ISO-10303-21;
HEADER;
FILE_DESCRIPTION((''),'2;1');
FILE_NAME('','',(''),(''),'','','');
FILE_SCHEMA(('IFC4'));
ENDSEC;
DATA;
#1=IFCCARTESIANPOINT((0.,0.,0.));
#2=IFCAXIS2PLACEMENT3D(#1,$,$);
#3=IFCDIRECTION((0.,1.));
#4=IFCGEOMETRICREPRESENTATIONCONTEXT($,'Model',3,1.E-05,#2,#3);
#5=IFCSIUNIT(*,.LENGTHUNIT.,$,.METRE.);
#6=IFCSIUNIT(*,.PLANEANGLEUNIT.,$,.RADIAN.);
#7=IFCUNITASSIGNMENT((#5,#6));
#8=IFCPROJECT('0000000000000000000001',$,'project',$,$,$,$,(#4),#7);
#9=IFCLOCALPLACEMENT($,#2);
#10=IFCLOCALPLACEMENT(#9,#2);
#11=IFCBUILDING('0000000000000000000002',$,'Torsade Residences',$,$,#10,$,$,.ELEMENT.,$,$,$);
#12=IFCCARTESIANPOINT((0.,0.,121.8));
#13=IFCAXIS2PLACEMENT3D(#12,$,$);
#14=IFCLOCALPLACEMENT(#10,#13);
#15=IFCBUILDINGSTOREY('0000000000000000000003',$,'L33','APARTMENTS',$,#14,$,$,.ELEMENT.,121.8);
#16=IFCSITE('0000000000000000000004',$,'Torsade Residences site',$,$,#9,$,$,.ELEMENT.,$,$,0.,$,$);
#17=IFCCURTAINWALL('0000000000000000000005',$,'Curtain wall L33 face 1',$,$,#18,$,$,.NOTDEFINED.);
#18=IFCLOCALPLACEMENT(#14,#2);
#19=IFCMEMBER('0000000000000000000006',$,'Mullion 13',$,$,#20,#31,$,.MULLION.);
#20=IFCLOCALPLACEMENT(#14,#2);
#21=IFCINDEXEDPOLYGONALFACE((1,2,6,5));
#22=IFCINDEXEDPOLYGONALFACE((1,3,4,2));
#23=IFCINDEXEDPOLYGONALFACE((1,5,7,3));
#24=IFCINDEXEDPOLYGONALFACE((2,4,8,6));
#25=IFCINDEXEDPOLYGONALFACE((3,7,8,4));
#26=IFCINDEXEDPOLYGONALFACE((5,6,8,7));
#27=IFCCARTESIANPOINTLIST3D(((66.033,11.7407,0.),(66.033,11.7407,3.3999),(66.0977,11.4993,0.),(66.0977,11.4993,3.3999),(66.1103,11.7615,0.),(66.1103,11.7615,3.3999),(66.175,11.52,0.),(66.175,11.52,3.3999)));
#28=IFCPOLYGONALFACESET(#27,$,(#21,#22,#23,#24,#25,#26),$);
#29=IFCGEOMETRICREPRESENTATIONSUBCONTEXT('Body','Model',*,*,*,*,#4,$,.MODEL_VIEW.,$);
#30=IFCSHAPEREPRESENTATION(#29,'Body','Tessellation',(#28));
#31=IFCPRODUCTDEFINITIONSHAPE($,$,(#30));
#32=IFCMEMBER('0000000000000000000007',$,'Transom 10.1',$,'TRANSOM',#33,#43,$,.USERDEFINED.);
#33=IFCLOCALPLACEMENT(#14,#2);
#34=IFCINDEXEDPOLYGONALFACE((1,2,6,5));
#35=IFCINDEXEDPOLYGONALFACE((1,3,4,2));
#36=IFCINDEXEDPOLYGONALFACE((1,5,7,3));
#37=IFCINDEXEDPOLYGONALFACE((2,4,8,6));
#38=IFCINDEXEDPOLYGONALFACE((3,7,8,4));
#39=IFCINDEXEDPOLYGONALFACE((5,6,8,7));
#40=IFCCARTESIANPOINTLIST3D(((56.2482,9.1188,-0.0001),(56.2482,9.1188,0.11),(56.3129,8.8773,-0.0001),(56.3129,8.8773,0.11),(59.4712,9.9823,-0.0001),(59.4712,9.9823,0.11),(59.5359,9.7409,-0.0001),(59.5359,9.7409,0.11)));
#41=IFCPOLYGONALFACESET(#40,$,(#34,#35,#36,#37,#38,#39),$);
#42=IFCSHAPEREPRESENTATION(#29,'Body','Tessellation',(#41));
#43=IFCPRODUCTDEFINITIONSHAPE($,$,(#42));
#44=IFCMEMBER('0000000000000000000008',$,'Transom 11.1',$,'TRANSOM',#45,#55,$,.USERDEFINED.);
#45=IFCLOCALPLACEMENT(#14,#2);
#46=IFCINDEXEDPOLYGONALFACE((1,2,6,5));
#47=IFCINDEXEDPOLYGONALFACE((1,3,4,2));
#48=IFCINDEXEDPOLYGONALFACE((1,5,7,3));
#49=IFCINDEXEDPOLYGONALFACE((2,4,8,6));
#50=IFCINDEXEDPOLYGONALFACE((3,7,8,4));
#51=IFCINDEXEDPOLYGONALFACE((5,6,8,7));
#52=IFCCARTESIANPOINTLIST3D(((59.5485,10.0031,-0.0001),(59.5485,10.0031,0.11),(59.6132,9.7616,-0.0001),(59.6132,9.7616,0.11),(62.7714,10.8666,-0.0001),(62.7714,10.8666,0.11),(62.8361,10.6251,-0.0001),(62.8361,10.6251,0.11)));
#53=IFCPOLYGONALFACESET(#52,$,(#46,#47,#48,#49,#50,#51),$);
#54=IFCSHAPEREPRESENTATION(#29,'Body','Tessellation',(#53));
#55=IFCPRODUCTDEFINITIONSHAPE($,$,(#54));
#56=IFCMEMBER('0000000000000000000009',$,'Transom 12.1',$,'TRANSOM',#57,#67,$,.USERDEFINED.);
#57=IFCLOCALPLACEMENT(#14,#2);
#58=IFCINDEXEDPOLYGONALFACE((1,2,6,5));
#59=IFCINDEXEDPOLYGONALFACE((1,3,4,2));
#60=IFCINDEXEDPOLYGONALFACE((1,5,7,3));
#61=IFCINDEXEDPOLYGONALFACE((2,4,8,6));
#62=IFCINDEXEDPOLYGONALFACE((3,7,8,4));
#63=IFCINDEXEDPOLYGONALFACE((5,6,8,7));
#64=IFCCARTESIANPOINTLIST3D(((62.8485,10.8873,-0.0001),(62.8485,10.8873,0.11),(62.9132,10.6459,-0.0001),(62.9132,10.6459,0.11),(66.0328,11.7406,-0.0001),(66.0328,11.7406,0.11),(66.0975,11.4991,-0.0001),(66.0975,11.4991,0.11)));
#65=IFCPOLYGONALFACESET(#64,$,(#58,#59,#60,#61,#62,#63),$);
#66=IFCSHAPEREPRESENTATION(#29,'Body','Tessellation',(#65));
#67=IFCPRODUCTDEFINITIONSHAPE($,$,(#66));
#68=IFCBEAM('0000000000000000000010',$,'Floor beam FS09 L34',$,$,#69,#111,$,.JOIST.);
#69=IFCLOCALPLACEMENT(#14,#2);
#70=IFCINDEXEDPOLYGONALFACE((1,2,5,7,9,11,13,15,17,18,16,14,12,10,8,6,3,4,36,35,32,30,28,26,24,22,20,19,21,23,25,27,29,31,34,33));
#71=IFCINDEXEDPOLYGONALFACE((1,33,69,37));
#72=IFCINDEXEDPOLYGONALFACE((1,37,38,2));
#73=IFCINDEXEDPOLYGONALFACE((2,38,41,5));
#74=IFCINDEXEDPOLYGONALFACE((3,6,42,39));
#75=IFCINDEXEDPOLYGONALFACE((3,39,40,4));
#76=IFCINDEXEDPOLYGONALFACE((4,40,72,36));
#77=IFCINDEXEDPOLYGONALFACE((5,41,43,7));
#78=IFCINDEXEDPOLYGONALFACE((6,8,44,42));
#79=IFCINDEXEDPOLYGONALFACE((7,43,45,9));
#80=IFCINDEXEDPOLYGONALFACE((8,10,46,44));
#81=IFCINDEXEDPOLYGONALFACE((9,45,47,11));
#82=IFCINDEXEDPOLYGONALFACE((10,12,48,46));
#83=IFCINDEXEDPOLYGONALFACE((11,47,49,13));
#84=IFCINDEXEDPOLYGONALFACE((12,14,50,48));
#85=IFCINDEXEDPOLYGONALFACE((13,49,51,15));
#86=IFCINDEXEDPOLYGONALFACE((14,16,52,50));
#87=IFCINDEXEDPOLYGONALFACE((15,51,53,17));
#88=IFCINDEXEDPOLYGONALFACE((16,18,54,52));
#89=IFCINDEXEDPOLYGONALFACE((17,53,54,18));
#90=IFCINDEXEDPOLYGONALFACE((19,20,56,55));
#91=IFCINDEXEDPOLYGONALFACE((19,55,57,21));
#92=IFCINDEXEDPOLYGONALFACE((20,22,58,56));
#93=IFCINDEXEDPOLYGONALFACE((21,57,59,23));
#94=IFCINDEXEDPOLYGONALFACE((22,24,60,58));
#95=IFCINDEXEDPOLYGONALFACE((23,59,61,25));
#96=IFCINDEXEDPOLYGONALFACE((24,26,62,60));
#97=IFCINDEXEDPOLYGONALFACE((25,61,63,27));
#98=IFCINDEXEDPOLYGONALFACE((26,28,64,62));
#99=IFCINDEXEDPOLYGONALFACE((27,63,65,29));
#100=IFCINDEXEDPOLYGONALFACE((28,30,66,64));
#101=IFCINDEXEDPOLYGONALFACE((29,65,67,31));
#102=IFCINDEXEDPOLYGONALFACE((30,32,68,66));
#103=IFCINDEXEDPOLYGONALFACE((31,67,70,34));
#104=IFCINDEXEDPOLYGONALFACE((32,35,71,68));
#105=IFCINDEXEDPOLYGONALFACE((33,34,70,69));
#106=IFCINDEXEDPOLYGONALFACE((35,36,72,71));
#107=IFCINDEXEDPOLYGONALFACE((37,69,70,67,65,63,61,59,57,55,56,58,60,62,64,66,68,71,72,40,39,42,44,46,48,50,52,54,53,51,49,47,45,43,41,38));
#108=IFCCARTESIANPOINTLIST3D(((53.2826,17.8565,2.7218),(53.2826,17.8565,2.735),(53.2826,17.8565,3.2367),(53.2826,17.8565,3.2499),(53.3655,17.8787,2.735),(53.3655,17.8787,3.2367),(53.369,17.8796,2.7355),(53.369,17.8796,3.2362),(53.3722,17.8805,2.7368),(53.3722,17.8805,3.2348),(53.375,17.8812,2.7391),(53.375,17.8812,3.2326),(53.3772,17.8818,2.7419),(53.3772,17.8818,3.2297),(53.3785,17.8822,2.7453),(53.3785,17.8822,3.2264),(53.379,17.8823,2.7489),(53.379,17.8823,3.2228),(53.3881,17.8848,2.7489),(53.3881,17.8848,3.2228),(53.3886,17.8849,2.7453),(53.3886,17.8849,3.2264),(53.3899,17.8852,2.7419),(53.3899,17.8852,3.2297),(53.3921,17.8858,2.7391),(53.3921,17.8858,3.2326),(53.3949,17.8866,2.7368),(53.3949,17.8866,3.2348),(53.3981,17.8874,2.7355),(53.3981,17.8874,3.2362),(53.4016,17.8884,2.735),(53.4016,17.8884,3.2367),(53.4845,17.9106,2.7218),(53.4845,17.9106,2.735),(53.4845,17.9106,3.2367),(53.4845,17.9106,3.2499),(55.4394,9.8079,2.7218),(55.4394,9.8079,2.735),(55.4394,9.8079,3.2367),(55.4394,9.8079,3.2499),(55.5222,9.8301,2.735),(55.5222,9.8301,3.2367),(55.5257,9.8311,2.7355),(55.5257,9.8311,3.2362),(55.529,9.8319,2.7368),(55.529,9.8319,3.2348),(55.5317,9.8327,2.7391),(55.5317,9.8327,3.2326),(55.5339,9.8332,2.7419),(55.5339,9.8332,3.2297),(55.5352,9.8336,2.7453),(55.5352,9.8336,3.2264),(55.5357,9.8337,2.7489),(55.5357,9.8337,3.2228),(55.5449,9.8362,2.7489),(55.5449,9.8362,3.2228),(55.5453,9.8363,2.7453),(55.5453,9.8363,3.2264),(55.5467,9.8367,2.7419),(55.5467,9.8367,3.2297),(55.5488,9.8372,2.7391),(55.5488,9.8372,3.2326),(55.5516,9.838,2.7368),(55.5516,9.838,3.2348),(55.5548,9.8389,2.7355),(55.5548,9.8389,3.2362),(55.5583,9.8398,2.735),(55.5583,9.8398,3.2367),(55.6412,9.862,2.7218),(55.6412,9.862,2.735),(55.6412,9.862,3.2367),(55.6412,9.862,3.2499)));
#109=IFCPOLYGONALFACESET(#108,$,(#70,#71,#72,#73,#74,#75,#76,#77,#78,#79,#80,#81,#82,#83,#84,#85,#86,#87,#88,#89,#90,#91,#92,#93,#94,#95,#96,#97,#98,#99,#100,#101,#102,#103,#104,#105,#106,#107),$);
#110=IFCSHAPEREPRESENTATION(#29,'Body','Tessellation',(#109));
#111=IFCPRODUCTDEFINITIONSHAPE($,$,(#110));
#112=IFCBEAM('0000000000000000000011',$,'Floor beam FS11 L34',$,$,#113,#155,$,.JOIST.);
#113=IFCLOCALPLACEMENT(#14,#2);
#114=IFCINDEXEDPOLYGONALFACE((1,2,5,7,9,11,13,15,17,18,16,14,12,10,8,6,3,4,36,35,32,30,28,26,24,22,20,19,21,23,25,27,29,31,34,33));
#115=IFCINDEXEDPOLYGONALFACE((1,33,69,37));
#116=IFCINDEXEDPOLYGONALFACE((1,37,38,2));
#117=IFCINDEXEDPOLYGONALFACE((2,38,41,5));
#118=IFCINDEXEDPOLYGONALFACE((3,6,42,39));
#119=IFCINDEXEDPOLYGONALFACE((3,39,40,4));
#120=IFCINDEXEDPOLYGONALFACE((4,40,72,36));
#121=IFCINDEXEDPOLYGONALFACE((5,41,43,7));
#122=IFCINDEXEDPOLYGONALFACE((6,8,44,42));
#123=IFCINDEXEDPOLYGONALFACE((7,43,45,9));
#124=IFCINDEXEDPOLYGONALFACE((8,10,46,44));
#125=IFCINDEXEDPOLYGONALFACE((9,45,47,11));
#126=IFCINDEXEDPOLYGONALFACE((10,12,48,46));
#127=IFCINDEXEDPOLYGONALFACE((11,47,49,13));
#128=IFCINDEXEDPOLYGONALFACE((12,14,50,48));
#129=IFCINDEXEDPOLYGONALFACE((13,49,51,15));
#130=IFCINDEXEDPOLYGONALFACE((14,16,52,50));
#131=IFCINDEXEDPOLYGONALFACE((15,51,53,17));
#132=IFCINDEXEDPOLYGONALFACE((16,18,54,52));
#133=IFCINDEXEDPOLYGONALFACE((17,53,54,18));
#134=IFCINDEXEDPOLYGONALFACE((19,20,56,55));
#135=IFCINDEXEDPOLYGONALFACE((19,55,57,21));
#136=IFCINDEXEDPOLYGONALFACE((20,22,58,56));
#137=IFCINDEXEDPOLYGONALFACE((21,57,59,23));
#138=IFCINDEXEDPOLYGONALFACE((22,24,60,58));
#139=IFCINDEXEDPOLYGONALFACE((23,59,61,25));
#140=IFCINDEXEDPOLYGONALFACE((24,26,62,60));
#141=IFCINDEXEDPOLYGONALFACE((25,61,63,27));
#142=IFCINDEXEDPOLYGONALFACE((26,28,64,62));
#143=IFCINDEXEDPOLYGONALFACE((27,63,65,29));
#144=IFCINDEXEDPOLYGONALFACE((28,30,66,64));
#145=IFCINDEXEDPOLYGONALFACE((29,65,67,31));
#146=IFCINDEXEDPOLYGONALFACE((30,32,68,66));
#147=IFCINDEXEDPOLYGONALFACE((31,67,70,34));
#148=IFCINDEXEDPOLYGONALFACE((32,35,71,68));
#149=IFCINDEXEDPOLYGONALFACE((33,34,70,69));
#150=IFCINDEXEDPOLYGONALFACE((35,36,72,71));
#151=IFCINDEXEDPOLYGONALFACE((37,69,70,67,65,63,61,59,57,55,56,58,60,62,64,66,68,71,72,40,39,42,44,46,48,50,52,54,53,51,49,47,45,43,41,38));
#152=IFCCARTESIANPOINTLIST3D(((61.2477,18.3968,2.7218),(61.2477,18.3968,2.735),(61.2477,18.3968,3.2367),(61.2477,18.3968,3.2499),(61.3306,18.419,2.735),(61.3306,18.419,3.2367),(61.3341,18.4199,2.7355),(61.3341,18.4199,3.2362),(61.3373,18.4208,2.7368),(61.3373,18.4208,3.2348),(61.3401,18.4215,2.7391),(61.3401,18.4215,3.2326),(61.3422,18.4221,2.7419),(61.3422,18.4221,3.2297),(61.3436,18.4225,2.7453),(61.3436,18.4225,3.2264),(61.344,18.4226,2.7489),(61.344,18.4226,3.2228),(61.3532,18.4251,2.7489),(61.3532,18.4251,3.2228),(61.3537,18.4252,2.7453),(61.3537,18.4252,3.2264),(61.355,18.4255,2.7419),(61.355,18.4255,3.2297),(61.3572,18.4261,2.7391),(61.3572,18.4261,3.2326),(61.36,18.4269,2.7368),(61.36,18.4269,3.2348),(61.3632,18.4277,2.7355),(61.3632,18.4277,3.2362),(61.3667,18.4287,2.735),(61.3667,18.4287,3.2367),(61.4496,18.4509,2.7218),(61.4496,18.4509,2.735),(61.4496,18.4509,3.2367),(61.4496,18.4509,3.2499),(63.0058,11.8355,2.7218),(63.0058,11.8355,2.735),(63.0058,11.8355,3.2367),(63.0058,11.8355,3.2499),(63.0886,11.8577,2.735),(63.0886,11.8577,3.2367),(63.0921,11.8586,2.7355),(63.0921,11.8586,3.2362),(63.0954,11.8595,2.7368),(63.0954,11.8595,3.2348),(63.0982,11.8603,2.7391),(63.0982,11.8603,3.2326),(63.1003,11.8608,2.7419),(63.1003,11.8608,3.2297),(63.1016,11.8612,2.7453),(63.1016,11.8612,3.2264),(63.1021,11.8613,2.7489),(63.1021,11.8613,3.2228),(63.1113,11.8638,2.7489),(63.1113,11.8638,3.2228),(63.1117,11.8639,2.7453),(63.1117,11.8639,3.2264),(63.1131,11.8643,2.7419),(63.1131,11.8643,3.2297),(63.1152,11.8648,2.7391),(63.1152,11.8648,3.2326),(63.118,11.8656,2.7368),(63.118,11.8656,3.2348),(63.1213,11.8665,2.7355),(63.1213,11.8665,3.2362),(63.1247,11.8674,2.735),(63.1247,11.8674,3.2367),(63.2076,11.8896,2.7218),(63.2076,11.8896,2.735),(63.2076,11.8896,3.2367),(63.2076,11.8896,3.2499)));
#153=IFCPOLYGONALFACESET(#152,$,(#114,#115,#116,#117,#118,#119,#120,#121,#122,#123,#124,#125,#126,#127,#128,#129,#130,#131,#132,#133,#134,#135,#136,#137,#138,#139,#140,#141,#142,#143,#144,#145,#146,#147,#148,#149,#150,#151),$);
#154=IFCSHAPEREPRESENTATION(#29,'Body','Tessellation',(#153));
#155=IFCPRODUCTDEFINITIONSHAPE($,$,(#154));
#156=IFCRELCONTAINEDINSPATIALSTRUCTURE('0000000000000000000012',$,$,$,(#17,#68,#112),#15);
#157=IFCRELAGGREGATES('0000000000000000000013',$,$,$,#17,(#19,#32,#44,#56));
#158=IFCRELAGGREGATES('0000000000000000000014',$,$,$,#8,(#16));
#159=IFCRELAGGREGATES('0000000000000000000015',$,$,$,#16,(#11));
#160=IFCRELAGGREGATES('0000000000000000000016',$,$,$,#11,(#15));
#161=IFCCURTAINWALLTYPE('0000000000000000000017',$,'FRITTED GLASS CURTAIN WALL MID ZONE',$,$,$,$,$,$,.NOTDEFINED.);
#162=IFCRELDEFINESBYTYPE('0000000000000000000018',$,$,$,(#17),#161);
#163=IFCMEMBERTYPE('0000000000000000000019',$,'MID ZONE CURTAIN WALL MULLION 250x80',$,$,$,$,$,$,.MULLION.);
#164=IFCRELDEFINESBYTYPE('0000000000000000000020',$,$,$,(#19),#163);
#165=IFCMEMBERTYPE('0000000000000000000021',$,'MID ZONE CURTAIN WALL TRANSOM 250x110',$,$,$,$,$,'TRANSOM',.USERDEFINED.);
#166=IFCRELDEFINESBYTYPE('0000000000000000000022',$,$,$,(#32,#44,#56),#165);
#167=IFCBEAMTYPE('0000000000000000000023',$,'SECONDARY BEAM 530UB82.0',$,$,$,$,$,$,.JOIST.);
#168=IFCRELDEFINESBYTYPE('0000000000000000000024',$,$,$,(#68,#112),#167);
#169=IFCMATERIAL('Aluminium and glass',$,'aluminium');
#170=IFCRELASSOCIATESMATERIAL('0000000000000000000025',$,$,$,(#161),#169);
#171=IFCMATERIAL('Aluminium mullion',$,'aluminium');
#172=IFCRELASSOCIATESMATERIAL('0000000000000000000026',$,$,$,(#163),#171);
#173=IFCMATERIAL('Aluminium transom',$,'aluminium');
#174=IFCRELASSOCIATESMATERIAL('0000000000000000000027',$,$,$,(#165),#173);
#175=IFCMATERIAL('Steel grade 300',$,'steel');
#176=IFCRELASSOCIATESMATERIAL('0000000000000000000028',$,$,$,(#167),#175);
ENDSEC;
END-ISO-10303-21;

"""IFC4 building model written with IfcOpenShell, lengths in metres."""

from ifc_helpers import new_model, si_unit, direction, frame, origin, origin_2d, place, context, subcontext, project, spatial, rectangle, i_section, extrude, material, material_profile, profile_set, type_object, element, aggregate, save


model = new_model("IFC4")

# Units and contexts
model_context = context("Model", 3, precision=1e-05, world=origin(), true_north=direction((0.0, 1.0)))
body_context = subcontext(model_context, "Body", "Model", "MODEL_VIEW")
ifc_project = project(units=[si_unit("LENGTHUNIT", "METRE"), si_unit("PLANEANGLEUNIT", "RADIAN")], contexts=[model_context])

# Site, building, storey
site_placement = place(None, origin())
site = spatial("IfcSite", under=ifc_project, at=site_placement, Name="Torsade Residences site", CompositionType="ELEMENT", RefElevation=0.0)
building_placement = place(site_placement, origin())
building = spatial("IfcBuilding", under=site, at=building_placement, Name="Torsade Residences", CompositionType="ELEMENT")
storey_placement = place(building_placement, frame((0.0, 0.0, 121.8)))
storey = spatial("IfcBuildingStorey", under=building, at=storey_placement, Name="L33", Description="APARTMENTS", CompositionType="ELEMENT", Elevation=121.8)

# Curtain wall, members
ifc_material_1 = material(Name="Aluminium and glass", Category="aluminium")
curtain_wall_type = type_object("IfcCurtainWallType", Name="FRITTED GLASS CURTAIN WALL MID ZONE", PredefinedType="NOTDEFINED", material=ifc_material_1)
curtain_wall_placement = place(storey_placement, origin())
curtain_wall = element("IfcCurtainWall", 1, at=curtain_wall_placement, inside=storey, type_object=curtain_wall_type, Name="Curtain wall L33 face 1", PredefinedType="NOTDEFINED")
ifc_material_2 = material(Name="Aluminium mullion", Category="aluminium")
ifc_material_profile_1 = material_profile(ifc_material_2, rectangle(XDim=0.25, YDim=0.0801, at=origin_2d()), Name="MID ZONE CURTAIN WALL MULLION 250x80")
ifc_profile_set_1 = profile_set([ifc_material_profile_1], Name="Aluminium mullion")
member_type_1 = type_object("IfcMemberType", Name="MID ZONE CURTAIN WALL MULLION 250x80", PredefinedType="MULLION", material=ifc_profile_set_1)
member_1_placement = place(storey_placement, frame((66.104, 11.6304, 0.0), z_axis=(0.0, 0.0, 1.0), x_axis=(-0.258819, 0.965926, 0.0)))
member_1 = element("IfcMember", 2, at=member_1_placement, type_object=member_type_1, Name="Mullion 13", PredefinedType="MULLION", context=body_context, shape_type="SweptSolid", body=[
    extrude(rectangle(XDim=0.25, YDim=0.0801, at=origin_2d()), origin(), (0.0, 0.0, 1.0), 3.3999),
])
ifc_material_3 = material(Name="Aluminium transom", Category="aluminium")
ifc_material_profile_2 = material_profile(ifc_material_3, rectangle(XDim=0.25, YDim=0.1101, at=origin_2d()), Name="MID ZONE CURTAIN WALL TRANSOM 250x110")
ifc_profile_set_2 = profile_set([ifc_material_profile_2], Name="Aluminium transom")
member_type_2 = type_object("IfcMemberType", Name="MID ZONE CURTAIN WALL TRANSOM 250x110", ElementType="TRANSOM", PredefinedType="USERDEFINED", material=ifc_profile_set_2)
member_2_placement = place(storey_placement, frame((56.2805, 8.998, 0.0549), z_axis=(0.965929, 0.258806, 0.0), x_axis=(-0.258806, 0.965929, 0.0)))
member_2 = element("IfcMember", 3, at=member_2_placement, type_object=member_type_2, Name="Transom 10.1", ObjectType="TRANSOM", PredefinedType="USERDEFINED", context=body_context, shape_type="SweptSolid", body=[
    extrude(rectangle(XDim=0.25, YDim=0.1101, at=origin_2d()), origin(), (0.0, 0.0, 1.0), 3.3367),
])
member_3_placement = place(storey_placement, frame((59.5808, 9.8823, 0.0549), z_axis=(0.965929, 0.258806, 0.0), x_axis=(-0.258806, 0.965929, 0.0)))
member_3 = element("IfcMember", 4, at=member_3_placement, type_object=member_type_2, Name="Transom 11.1", ObjectType="TRANSOM", PredefinedType="USERDEFINED", context=body_context, shape_type="SweptSolid", body=[
    extrude(rectangle(XDim=0.25, YDim=0.1101, at=origin_2d()), origin(), (0.0, 0.0, 1.0), 3.3367),
])
member_4_placement = place(storey_placement, frame((62.8809, 10.7666, 0.0549), z_axis=(0.965923, 0.258829, 0.0), x_axis=(-0.258829, 0.965923, 0.0)))
member_4 = element("IfcMember", 5, at=member_4_placement, type_object=member_type_2, Name="Transom 12.1", ObjectType="TRANSOM", PredefinedType="USERDEFINED", context=body_context, shape_type="SweptSolid", body=[
    extrude(rectangle(XDim=0.25, YDim=0.1101, at=origin_2d()), origin(), (0.0, 0.0, 1.0), 3.2966),
])

# Beams
ifc_material_4 = material(Name="Steel grade 300", Category="steel")
ifc_material_profile_3 = material_profile(ifc_material_4, i_section(OverallWidth=0.209, OverallDepth=0.5281, WebThickness=0.0095, FlangeThickness=0.0132, FilletRadius=0.0139, at=origin_2d()), Name="530UB82.0")
ifc_profile_set_3 = profile_set([ifc_material_profile_3], Name="Steel grade 300")
beam_type_1 = type_object("IfcBeamType", Name="SECONDARY BEAM 530UB82.0", PredefinedType="JOIST", material=ifc_profile_set_3)
beam_1_placement = place(storey_placement, frame((55.5403, 9.835, 2.9858), z_axis=(-0.258833, 0.965922, 0.0), x_axis=(-0.965922, -0.258833, 0.0)))
element("IfcBeam", 6, at=beam_1_placement, inside=storey, type_object=beam_type_1, Name="Floor beam FS09 L34", PredefinedType="JOIST", context=body_context, shape_type="SweptSolid", body=[
    extrude(i_section(OverallWidth=0.209, OverallDepth=0.5281, WebThickness=0.0095, FlangeThickness=0.0132, FilletRadius=0.0139, at=origin_2d()), origin(), (0.0, 0.0, 1.0), 8.3325),
])
beam_2_placement = place(storey_placement, frame((63.1067, 11.8625, 2.9858), z_axis=(-0.258815, 0.965927, 0.0), x_axis=(-0.965927, -0.258815, 0.0)))
element("IfcBeam", 7, at=beam_2_placement, inside=storey, type_object=beam_type_1, Name="Floor beam FS11 L34", PredefinedType="JOIST", context=body_context, shape_type="SweptSolid", body=[
    extrude(i_section(OverallWidth=0.209, OverallDepth=0.5281, WebThickness=0.0095, FlangeThickness=0.0132, FilletRadius=0.0139, at=origin_2d()), origin(), (0.0, 0.0, 1.0), 6.7927),
])

aggregate(curtain_wall, [member_1, member_2, member_3, member_4])

save(model, "model.ifc")
